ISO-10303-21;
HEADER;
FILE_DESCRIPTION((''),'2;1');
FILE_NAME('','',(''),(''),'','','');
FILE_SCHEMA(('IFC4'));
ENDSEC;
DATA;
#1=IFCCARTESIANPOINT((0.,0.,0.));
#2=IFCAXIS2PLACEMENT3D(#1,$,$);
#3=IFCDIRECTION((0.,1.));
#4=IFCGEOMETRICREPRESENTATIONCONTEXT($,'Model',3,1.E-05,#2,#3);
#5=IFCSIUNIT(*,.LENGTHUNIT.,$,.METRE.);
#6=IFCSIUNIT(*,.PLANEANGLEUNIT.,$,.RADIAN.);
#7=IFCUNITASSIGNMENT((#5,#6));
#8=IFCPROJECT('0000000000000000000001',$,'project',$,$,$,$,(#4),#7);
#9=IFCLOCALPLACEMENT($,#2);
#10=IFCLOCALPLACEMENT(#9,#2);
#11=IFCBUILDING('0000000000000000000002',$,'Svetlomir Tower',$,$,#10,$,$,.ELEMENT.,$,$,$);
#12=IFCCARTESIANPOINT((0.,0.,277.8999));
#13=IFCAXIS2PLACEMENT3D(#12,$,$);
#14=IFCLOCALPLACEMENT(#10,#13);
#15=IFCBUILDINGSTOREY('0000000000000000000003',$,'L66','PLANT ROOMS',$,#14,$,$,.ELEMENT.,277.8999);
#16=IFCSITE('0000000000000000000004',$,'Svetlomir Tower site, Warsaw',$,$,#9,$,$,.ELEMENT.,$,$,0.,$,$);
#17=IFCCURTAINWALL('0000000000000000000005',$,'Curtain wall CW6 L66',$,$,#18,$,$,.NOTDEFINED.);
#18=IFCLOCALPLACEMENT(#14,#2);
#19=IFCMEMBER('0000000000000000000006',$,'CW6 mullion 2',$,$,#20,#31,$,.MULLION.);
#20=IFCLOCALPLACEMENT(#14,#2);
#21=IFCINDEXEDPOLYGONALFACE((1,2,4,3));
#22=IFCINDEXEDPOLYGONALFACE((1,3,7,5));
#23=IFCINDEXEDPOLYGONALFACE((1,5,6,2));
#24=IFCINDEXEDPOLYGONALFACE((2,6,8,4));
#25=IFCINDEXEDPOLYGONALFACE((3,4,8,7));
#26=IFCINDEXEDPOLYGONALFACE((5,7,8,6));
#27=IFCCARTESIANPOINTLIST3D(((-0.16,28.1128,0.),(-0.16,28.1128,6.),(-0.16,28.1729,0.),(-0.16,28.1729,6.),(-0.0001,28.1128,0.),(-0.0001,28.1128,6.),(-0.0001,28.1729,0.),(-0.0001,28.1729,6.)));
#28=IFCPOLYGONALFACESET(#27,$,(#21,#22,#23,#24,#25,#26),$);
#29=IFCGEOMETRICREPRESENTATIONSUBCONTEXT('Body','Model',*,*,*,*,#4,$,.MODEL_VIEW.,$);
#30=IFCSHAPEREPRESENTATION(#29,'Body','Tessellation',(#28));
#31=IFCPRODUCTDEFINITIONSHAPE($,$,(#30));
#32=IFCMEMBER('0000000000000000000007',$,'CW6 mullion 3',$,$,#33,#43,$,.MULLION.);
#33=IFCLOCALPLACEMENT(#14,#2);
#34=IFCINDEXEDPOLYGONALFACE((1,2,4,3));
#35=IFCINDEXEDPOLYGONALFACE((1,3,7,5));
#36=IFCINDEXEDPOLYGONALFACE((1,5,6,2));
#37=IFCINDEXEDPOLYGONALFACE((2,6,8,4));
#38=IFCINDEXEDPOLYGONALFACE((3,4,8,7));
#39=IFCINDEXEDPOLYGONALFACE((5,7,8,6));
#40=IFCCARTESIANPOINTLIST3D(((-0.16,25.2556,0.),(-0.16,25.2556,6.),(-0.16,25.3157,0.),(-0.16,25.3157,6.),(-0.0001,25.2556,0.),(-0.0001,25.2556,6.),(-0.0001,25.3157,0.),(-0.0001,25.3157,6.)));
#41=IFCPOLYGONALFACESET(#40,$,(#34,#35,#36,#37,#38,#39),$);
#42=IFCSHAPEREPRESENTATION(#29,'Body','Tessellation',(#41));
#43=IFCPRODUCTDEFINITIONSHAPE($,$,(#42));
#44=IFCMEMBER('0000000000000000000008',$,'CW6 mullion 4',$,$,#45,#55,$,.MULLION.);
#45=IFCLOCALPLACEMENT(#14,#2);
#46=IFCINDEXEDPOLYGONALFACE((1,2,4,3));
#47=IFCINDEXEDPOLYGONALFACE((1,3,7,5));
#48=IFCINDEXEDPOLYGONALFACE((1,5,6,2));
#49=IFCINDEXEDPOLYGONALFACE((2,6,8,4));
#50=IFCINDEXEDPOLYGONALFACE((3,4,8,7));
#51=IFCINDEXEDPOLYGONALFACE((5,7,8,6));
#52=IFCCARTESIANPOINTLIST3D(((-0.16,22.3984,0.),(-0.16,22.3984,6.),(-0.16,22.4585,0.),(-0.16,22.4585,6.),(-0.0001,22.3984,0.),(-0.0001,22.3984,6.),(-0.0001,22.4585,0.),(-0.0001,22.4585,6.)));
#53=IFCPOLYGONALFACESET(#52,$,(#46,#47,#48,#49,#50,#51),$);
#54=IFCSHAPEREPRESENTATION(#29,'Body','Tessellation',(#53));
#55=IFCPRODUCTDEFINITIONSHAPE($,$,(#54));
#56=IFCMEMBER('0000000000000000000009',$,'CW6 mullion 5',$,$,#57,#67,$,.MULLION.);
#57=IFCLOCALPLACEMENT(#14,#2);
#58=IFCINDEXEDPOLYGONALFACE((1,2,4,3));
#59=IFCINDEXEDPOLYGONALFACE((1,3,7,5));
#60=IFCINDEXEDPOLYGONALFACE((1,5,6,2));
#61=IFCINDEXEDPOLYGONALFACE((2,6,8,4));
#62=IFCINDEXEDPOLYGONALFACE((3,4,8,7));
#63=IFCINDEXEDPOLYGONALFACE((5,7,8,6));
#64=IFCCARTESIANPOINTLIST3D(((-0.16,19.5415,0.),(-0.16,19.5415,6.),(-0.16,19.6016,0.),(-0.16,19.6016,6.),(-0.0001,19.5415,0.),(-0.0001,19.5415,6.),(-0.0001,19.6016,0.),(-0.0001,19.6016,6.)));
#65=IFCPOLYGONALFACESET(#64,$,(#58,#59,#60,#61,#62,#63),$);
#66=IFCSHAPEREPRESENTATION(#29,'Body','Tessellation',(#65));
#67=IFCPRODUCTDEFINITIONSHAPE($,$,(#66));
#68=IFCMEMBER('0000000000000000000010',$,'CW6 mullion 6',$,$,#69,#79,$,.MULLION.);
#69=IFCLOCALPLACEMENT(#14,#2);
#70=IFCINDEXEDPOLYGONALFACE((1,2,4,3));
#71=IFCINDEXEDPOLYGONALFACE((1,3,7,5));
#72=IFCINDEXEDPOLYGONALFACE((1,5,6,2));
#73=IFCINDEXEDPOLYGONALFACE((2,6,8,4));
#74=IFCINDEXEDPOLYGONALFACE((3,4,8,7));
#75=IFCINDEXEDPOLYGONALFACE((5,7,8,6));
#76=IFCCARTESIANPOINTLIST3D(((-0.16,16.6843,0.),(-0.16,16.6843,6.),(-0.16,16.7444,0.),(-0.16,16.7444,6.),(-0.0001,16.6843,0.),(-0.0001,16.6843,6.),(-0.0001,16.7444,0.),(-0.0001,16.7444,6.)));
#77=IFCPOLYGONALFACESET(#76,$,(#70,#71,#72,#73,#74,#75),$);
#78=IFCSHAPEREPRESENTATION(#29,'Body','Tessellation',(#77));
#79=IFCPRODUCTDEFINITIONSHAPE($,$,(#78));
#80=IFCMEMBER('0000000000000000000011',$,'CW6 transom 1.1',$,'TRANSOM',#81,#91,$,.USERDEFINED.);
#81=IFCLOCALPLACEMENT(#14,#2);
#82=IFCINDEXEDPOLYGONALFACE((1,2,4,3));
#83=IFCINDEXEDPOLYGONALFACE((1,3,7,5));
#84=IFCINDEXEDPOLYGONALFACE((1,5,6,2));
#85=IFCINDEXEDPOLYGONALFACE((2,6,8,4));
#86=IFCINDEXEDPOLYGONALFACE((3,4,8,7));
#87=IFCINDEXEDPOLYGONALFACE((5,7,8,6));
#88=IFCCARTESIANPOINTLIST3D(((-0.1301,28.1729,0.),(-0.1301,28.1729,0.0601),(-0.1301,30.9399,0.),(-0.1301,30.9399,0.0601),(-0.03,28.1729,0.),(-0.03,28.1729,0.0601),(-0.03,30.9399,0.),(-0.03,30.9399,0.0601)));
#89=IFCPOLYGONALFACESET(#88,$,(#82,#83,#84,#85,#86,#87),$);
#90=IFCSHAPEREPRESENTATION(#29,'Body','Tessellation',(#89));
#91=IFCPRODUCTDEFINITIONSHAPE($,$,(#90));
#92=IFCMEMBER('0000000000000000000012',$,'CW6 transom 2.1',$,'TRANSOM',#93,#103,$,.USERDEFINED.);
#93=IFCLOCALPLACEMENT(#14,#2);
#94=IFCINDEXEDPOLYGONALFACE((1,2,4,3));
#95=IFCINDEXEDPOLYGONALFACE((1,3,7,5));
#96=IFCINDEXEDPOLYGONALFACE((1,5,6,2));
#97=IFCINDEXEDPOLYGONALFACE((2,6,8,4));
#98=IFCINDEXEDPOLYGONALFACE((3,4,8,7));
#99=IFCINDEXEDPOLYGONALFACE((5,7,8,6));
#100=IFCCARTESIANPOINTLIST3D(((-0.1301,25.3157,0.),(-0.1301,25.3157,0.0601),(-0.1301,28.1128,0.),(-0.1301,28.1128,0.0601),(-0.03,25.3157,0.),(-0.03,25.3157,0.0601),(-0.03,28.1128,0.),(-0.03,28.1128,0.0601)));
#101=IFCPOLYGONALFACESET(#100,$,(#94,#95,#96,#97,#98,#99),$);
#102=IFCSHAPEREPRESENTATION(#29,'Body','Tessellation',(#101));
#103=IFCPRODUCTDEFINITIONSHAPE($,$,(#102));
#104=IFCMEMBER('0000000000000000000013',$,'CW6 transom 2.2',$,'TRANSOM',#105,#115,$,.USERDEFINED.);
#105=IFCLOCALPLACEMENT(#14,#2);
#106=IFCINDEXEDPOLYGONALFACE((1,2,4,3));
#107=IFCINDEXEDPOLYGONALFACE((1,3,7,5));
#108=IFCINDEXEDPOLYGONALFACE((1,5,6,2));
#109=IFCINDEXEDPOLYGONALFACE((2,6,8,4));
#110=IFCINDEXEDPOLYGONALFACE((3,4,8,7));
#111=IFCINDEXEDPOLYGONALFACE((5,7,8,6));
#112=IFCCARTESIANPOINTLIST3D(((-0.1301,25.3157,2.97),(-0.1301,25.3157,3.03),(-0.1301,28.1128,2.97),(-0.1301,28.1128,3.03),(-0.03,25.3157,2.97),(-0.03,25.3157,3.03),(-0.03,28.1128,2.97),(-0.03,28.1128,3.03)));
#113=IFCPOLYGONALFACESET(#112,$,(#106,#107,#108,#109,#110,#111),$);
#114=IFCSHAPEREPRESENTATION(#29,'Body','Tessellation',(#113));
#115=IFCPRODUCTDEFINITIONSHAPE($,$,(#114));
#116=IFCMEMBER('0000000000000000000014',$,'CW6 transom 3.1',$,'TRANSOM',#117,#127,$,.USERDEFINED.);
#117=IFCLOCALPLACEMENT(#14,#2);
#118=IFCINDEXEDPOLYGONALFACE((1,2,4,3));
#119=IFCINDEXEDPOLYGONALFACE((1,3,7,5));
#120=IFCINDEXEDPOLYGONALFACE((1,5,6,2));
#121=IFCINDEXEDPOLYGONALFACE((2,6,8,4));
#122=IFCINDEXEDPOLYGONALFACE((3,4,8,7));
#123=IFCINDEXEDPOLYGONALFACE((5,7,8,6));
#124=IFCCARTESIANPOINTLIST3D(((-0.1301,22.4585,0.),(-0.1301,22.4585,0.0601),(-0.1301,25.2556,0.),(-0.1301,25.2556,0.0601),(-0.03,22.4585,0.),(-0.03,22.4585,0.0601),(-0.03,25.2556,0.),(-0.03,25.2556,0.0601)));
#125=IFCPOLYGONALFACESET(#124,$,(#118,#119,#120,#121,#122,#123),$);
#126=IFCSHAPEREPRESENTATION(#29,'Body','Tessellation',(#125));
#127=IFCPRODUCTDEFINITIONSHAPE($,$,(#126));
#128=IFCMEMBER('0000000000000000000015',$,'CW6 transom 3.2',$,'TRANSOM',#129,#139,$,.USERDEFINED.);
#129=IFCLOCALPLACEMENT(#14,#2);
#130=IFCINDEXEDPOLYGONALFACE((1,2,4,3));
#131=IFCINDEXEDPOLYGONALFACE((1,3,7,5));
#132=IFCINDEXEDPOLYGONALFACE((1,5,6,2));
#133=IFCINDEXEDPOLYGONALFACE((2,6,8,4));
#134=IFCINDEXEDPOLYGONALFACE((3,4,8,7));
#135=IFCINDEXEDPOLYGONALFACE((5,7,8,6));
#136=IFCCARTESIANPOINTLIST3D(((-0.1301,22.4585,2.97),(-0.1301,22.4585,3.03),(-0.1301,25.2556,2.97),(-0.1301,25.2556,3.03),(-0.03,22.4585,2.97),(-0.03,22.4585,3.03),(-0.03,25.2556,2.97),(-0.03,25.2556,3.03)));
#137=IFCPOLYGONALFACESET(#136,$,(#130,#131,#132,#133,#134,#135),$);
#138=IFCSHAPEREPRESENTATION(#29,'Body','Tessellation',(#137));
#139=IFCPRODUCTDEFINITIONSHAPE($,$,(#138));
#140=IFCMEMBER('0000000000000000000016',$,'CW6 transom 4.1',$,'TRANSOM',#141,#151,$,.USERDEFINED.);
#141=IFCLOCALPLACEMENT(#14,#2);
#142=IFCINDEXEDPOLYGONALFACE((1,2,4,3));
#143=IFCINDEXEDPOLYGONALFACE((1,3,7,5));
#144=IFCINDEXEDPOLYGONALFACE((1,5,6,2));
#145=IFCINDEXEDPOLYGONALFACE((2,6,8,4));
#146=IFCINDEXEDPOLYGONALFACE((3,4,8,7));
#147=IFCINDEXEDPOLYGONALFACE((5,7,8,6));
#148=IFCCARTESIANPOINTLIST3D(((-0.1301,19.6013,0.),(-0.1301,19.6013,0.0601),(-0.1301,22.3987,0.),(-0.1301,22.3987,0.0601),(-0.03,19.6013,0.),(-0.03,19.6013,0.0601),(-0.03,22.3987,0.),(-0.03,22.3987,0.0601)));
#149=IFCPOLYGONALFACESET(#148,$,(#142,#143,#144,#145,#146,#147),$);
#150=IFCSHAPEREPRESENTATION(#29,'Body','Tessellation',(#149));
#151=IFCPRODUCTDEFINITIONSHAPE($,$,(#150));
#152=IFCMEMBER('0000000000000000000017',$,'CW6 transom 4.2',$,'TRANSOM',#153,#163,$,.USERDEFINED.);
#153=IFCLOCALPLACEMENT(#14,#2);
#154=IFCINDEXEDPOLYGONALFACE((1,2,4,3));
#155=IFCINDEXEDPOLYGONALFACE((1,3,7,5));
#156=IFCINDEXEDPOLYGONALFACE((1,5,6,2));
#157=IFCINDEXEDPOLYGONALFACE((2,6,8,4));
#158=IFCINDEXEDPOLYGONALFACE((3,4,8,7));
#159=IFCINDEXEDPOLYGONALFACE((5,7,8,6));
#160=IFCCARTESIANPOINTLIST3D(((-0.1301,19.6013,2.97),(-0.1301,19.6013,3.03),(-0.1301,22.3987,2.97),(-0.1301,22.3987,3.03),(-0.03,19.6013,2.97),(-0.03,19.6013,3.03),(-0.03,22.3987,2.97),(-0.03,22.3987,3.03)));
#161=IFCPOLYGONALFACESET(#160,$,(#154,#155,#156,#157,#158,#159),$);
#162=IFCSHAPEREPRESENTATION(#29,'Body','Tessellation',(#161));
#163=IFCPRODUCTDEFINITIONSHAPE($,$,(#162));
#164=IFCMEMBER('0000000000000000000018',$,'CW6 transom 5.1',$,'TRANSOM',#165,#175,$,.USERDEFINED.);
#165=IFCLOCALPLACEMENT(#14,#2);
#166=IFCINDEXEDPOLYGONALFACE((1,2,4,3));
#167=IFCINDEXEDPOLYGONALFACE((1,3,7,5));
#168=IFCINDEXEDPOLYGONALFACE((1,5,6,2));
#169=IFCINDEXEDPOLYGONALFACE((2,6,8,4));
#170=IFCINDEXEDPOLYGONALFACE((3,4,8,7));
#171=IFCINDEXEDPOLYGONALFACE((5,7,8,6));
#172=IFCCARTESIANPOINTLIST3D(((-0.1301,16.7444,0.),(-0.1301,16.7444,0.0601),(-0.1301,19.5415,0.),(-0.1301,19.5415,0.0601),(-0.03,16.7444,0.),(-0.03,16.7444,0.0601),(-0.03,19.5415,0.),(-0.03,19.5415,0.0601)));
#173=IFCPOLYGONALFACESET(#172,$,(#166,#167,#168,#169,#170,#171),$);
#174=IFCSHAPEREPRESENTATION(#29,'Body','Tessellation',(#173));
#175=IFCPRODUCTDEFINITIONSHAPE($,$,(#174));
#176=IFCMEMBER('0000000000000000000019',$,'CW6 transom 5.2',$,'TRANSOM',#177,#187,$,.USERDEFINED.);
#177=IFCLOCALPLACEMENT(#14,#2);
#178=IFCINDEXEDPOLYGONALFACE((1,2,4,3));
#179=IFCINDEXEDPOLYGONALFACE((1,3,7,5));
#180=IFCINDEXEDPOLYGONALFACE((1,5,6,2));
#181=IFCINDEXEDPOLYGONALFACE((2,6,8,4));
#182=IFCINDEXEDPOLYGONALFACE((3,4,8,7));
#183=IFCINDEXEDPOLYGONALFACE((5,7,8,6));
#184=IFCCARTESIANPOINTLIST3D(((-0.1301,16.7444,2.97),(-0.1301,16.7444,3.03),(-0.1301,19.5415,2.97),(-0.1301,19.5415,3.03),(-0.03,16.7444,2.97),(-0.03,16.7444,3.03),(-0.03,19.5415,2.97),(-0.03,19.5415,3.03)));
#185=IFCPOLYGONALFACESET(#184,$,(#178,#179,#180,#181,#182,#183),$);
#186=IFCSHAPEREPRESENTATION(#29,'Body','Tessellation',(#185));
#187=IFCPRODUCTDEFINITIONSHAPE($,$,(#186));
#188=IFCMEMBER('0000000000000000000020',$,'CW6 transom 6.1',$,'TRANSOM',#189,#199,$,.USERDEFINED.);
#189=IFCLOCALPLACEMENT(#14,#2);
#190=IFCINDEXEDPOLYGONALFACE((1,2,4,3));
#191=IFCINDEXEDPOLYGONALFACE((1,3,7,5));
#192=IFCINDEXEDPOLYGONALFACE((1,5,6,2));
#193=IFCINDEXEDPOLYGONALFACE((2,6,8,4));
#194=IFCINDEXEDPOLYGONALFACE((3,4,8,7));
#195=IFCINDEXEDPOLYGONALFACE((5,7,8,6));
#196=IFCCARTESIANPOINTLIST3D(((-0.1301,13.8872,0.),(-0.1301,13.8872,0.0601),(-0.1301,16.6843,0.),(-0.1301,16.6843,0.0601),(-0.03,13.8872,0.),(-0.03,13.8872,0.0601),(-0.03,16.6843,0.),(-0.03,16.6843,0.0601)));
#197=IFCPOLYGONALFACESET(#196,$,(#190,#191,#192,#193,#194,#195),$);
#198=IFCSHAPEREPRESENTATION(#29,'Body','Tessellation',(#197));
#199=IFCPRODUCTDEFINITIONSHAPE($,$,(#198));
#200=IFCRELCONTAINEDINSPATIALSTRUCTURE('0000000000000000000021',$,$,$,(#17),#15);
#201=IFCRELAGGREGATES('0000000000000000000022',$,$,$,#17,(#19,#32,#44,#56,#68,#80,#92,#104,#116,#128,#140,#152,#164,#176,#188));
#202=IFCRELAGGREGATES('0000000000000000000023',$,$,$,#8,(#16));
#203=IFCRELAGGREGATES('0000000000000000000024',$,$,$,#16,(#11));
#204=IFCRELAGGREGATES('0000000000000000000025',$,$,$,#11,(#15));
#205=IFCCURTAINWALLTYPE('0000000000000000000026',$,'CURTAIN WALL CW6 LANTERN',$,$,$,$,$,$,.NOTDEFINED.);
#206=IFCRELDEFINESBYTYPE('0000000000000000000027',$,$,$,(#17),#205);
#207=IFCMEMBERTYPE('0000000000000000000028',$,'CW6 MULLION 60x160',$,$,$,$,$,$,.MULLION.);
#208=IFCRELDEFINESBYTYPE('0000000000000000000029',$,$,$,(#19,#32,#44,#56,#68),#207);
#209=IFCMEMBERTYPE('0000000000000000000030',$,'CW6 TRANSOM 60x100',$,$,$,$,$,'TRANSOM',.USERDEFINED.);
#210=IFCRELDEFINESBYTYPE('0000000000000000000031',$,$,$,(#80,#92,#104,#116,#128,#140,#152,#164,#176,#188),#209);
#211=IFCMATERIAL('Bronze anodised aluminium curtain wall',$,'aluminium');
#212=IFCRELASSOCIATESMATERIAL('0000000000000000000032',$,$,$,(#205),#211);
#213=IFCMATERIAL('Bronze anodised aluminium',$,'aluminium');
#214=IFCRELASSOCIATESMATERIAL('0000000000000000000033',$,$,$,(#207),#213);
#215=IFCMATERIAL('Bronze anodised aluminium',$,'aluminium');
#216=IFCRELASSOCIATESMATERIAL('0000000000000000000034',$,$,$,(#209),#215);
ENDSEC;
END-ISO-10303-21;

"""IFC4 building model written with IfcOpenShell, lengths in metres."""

from ifc_helpers import new_model, si_unit, direction, frame, origin, origin_2d, place, context, subcontext, project, spatial, rectangle, extrude, material, material_profile, profile_set, type_object, element, aggregate, save


model = new_model("IFC4")

# Units and contexts
model_context = context("Model", 3, precision=1e-05, world=origin(), true_north=direction((0.0, 1.0)))
body_context = subcontext(model_context, "Body", "Model", "MODEL_VIEW")
ifc_project = project(units=[si_unit("LENGTHUNIT", "METRE"), si_unit("PLANEANGLEUNIT", "RADIAN")], contexts=[model_context])

# Site, building, storey
site_placement = place(None, origin())
site = spatial("IfcSite", under=ifc_project, at=site_placement, Name="Svetlomir Tower site, Warsaw", CompositionType="ELEMENT", RefElevation=0.0)
building_placement = place(site_placement, origin())
building = spatial("IfcBuilding", under=site, at=building_placement, Name="Svetlomir Tower", CompositionType="ELEMENT")
storey_placement = place(building_placement, frame((0.0, 0.0, 277.8999)))
storey = spatial("IfcBuildingStorey", under=building, at=storey_placement, Name="L66", Description="PLANT ROOMS", CompositionType="ELEMENT", Elevation=277.8999)

# Curtain wall, members
ifc_material_1 = material(Name="Bronze anodised aluminium curtain wall", Category="aluminium")
curtain_wall_type = type_object("IfcCurtainWallType", Name="CURTAIN WALL CW6 LANTERN", PredefinedType="NOTDEFINED", material=ifc_material_1)
curtain_wall_placement = place(storey_placement, origin())
curtain_wall = element("IfcCurtainWall", 1, at=curtain_wall_placement, inside=storey, type_object=curtain_wall_type, Name="Curtain wall CW6 L66", PredefinedType="NOTDEFINED")
ifc_material_2 = material(Name="Bronze anodised aluminium", Category="aluminium")
ifc_material_profile_1 = material_profile(ifc_material_2, rectangle(XDim=0.0601, YDim=0.1599, at=origin_2d()), Name="AL 60x160")
ifc_profile_set_1 = profile_set([ifc_material_profile_1], Name="Bronze anodised aluminium 6063-T6")
member_type_1 = type_object("IfcMemberType", Name="CW6 MULLION 60x160", PredefinedType="MULLION", material=ifc_profile_set_1)
member_1_placement = place(storey_placement, frame((-0.0801, 28.1428, 0.0), z_axis=(0.0, 0.0, 1.0), x_axis=(0.0, -1.0, 0.0)))
member_1 = element("IfcMember", 2, at=member_1_placement, type_object=member_type_1, Name="CW6 mullion 2", PredefinedType="MULLION", context=body_context, shape_type="SweptSolid", body=[
    extrude(rectangle(XDim=0.0601, YDim=0.1599, at=origin_2d()), origin(), (0.0, 0.0, 1.0), 6.0),
])
member_2_placement = place(storey_placement, frame((-0.0801, 25.2856, 0.0), z_axis=(0.0, 0.0, 1.0), x_axis=(0.0, -1.0, 0.0)))
member_2 = element("IfcMember", 3, at=member_2_placement, type_object=member_type_1, Name="CW6 mullion 3", PredefinedType="MULLION", context=body_context, shape_type="SweptSolid", body=[
    extrude(rectangle(XDim=0.0601, YDim=0.1599, at=origin_2d()), origin(), (0.0, 0.0, 1.0), 6.0),
])
member_3_placement = place(storey_placement, frame((-0.0801, 22.4285, 0.0), z_axis=(0.0, 0.0, 1.0), x_axis=(0.0, -1.0, 0.0)))
member_3 = element("IfcMember", 4, at=member_3_placement, type_object=member_type_1, Name="CW6 mullion 4", PredefinedType="MULLION", context=body_context, shape_type="SweptSolid", body=[
    extrude(rectangle(XDim=0.0601, YDim=0.1599, at=origin_2d()), origin(), (0.0, 0.0, 1.0), 6.0),
])
member_4_placement = place(storey_placement, frame((-0.0801, 19.5715, 0.0), z_axis=(0.0, 0.0, 1.0), x_axis=(0.0, -1.0, 0.0)))
member_4 = element("IfcMember", 5, at=member_4_placement, type_object=member_type_1, Name="CW6 mullion 5", PredefinedType="MULLION", context=body_context, shape_type="SweptSolid", body=[
    extrude(rectangle(XDim=0.0601, YDim=0.1599, at=origin_2d()), origin(), (0.0, 0.0, 1.0), 6.0),
])
member_5_placement = place(storey_placement, frame((-0.0801, 16.7144, 0.0), z_axis=(0.0, 0.0, 1.0), x_axis=(0.0, -1.0, 0.0)))
member_5 = element("IfcMember", 6, at=member_5_placement, type_object=member_type_1, Name="CW6 mullion 6", PredefinedType="MULLION", context=body_context, shape_type="SweptSolid", body=[
    extrude(rectangle(XDim=0.0601, YDim=0.1599, at=origin_2d()), origin(), (0.0, 0.0, 1.0), 6.0),
])
ifc_material_3 = material(Name="Bronze anodised aluminium", Category="aluminium")
ifc_material_profile_2 = material_profile(ifc_material_3, rectangle(XDim=0.1001, YDim=0.0601, at=origin_2d()), Name="AL 100x60")
ifc_profile_set_2 = profile_set([ifc_material_profile_2], Name="Bronze anodised aluminium 6063-T6")
member_type_2 = type_object("IfcMemberType", Name="CW6 TRANSOM 60x100", ElementType="TRANSOM", PredefinedType="USERDEFINED", material=ifc_profile_set_2)
member_6_placement = place(storey_placement, frame((-0.0801, 30.9399, 0.03), z_axis=(0.0, -1.0, 0.0), x_axis=(1.0, 0.0, 0.0)))
member_6 = element("IfcMember", 7, at=member_6_placement, type_object=member_type_2, Name="CW6 transom 1.1", ObjectType="TRANSOM", PredefinedType="USERDEFINED", context=body_context, shape_type="SweptSolid", body=[
    extrude(rectangle(XDim=0.1001, YDim=0.0601, at=origin_2d()), origin(), (0.0, 0.0, 1.0), 2.7671),
])
member_7_placement = place(storey_placement, frame((-0.0801, 28.1128, 0.03), z_axis=(0.0, -1.0, 0.0), x_axis=(1.0, 0.0, 0.0)))
member_7 = element("IfcMember", 8, at=member_7_placement, type_object=member_type_2, Name="CW6 transom 2.1", ObjectType="TRANSOM", PredefinedType="USERDEFINED", context=body_context, shape_type="SweptSolid", body=[
    extrude(rectangle(XDim=0.1001, YDim=0.0601, at=origin_2d()), origin(), (0.0, 0.0, 1.0), 2.7971),
])
member_8_placement = place(storey_placement, frame((-0.0801, 28.1128, 3.0), z_axis=(0.0, -1.0, 0.0), x_axis=(1.0, 0.0, 0.0)))
member_8 = element("IfcMember", 9, at=member_8_placement, type_object=member_type_2, Name="CW6 transom 2.2", ObjectType="TRANSOM", PredefinedType="USERDEFINED", context=body_context, shape_type="SweptSolid", body=[
    extrude(rectangle(XDim=0.1001, YDim=0.0601, at=origin_2d()), origin(), (0.0, 0.0, 1.0), 2.7971),
])
member_9_placement = place(storey_placement, frame((-0.0801, 25.2556, 0.03), z_axis=(0.0, -1.0, 0.0), x_axis=(1.0, 0.0, 0.0)))
member_9 = element("IfcMember", 10, at=member_9_placement, type_object=member_type_2, Name="CW6 transom 3.1", ObjectType="TRANSOM", PredefinedType="USERDEFINED", context=body_context, shape_type="SweptSolid", body=[
    extrude(rectangle(XDim=0.1001, YDim=0.0601, at=origin_2d()), origin(), (0.0, 0.0, 1.0), 2.7971),
])
member_10_placement = place(storey_placement, frame((-0.0801, 25.2556, 3.0), z_axis=(0.0, -1.0, 0.0), x_axis=(1.0, 0.0, 0.0)))
member_10 = element("IfcMember", 11, at=member_10_placement, type_object=member_type_2, Name="CW6 transom 3.2", ObjectType="TRANSOM", PredefinedType="USERDEFINED", context=body_context, shape_type="SweptSolid", body=[
    extrude(rectangle(XDim=0.1001, YDim=0.0601, at=origin_2d()), origin(), (0.0, 0.0, 1.0), 2.7971),
])
member_11_placement = place(storey_placement, frame((-0.0801, 22.3987, 0.03), z_axis=(0.0, -1.0, 0.0), x_axis=(1.0, 0.0, 0.0)))
member_11 = element("IfcMember", 12, at=member_11_placement, type_object=member_type_2, Name="CW6 transom 4.1", ObjectType="TRANSOM", PredefinedType="USERDEFINED", context=body_context, shape_type="SweptSolid", body=[
    extrude(rectangle(XDim=0.1001, YDim=0.0601, at=origin_2d()), origin(), (0.0, 0.0, 1.0), 2.7974),
])
member_12_placement = place(storey_placement, frame((-0.0801, 22.3987, 3.0), z_axis=(0.0, -1.0, 0.0), x_axis=(1.0, 0.0, 0.0)))
member_12 = element("IfcMember", 13, at=member_12_placement, type_object=member_type_2, Name="CW6 transom 4.2", ObjectType="TRANSOM", PredefinedType="USERDEFINED", context=body_context, shape_type="SweptSolid", body=[
    extrude(rectangle(XDim=0.1001, YDim=0.0601, at=origin_2d()), origin(), (0.0, 0.0, 1.0), 2.7974),
])
member_13_placement = place(storey_placement, frame((-0.0801, 19.5415, 0.03), z_axis=(0.0, -1.0, 0.0), x_axis=(1.0, 0.0, 0.0)))
member_13 = element("IfcMember", 14, at=member_13_placement, type_object=member_type_2, Name="CW6 transom 5.1", ObjectType="TRANSOM", PredefinedType="USERDEFINED", context=body_context, shape_type="SweptSolid", body=[
    extrude(rectangle(XDim=0.1001, YDim=0.0601, at=origin_2d()), origin(), (0.0, 0.0, 1.0), 2.7971),
])
member_14_placement = place(storey_placement, frame((-0.0801, 19.5415, 3.0), z_axis=(0.0, -1.0, 0.0), x_axis=(1.0, 0.0, 0.0)))
member_14 = element("IfcMember", 15, at=member_14_placement, type_object=member_type_2, Name="CW6 transom 5.2", ObjectType="TRANSOM", PredefinedType="USERDEFINED", context=body_context, shape_type="SweptSolid", body=[
    extrude(rectangle(XDim=0.1001, YDim=0.0601, at=origin_2d()), origin(), (0.0, 0.0, 1.0), 2.7971),
])
member_15_placement = place(storey_placement, frame((-0.0801, 16.6843, 0.03), z_axis=(0.0, -1.0, 0.0), x_axis=(1.0, 0.0, 0.0)))
member_15 = element("IfcMember", 16, at=member_15_placement, type_object=member_type_2, Name="CW6 transom 6.1", ObjectType="TRANSOM", PredefinedType="USERDEFINED", context=body_context, shape_type="SweptSolid", body=[
    extrude(rectangle(XDim=0.1001, YDim=0.0601, at=origin_2d()), origin(), (0.0, 0.0, 1.0), 2.7971),
])
aggregate(curtain_wall, [member_1, member_2, member_3, member_4, member_5, member_6, member_7, member_8, member_9, member_10, member_11, member_12, member_13, member_14, member_15])

save(model, "model.ifc")
